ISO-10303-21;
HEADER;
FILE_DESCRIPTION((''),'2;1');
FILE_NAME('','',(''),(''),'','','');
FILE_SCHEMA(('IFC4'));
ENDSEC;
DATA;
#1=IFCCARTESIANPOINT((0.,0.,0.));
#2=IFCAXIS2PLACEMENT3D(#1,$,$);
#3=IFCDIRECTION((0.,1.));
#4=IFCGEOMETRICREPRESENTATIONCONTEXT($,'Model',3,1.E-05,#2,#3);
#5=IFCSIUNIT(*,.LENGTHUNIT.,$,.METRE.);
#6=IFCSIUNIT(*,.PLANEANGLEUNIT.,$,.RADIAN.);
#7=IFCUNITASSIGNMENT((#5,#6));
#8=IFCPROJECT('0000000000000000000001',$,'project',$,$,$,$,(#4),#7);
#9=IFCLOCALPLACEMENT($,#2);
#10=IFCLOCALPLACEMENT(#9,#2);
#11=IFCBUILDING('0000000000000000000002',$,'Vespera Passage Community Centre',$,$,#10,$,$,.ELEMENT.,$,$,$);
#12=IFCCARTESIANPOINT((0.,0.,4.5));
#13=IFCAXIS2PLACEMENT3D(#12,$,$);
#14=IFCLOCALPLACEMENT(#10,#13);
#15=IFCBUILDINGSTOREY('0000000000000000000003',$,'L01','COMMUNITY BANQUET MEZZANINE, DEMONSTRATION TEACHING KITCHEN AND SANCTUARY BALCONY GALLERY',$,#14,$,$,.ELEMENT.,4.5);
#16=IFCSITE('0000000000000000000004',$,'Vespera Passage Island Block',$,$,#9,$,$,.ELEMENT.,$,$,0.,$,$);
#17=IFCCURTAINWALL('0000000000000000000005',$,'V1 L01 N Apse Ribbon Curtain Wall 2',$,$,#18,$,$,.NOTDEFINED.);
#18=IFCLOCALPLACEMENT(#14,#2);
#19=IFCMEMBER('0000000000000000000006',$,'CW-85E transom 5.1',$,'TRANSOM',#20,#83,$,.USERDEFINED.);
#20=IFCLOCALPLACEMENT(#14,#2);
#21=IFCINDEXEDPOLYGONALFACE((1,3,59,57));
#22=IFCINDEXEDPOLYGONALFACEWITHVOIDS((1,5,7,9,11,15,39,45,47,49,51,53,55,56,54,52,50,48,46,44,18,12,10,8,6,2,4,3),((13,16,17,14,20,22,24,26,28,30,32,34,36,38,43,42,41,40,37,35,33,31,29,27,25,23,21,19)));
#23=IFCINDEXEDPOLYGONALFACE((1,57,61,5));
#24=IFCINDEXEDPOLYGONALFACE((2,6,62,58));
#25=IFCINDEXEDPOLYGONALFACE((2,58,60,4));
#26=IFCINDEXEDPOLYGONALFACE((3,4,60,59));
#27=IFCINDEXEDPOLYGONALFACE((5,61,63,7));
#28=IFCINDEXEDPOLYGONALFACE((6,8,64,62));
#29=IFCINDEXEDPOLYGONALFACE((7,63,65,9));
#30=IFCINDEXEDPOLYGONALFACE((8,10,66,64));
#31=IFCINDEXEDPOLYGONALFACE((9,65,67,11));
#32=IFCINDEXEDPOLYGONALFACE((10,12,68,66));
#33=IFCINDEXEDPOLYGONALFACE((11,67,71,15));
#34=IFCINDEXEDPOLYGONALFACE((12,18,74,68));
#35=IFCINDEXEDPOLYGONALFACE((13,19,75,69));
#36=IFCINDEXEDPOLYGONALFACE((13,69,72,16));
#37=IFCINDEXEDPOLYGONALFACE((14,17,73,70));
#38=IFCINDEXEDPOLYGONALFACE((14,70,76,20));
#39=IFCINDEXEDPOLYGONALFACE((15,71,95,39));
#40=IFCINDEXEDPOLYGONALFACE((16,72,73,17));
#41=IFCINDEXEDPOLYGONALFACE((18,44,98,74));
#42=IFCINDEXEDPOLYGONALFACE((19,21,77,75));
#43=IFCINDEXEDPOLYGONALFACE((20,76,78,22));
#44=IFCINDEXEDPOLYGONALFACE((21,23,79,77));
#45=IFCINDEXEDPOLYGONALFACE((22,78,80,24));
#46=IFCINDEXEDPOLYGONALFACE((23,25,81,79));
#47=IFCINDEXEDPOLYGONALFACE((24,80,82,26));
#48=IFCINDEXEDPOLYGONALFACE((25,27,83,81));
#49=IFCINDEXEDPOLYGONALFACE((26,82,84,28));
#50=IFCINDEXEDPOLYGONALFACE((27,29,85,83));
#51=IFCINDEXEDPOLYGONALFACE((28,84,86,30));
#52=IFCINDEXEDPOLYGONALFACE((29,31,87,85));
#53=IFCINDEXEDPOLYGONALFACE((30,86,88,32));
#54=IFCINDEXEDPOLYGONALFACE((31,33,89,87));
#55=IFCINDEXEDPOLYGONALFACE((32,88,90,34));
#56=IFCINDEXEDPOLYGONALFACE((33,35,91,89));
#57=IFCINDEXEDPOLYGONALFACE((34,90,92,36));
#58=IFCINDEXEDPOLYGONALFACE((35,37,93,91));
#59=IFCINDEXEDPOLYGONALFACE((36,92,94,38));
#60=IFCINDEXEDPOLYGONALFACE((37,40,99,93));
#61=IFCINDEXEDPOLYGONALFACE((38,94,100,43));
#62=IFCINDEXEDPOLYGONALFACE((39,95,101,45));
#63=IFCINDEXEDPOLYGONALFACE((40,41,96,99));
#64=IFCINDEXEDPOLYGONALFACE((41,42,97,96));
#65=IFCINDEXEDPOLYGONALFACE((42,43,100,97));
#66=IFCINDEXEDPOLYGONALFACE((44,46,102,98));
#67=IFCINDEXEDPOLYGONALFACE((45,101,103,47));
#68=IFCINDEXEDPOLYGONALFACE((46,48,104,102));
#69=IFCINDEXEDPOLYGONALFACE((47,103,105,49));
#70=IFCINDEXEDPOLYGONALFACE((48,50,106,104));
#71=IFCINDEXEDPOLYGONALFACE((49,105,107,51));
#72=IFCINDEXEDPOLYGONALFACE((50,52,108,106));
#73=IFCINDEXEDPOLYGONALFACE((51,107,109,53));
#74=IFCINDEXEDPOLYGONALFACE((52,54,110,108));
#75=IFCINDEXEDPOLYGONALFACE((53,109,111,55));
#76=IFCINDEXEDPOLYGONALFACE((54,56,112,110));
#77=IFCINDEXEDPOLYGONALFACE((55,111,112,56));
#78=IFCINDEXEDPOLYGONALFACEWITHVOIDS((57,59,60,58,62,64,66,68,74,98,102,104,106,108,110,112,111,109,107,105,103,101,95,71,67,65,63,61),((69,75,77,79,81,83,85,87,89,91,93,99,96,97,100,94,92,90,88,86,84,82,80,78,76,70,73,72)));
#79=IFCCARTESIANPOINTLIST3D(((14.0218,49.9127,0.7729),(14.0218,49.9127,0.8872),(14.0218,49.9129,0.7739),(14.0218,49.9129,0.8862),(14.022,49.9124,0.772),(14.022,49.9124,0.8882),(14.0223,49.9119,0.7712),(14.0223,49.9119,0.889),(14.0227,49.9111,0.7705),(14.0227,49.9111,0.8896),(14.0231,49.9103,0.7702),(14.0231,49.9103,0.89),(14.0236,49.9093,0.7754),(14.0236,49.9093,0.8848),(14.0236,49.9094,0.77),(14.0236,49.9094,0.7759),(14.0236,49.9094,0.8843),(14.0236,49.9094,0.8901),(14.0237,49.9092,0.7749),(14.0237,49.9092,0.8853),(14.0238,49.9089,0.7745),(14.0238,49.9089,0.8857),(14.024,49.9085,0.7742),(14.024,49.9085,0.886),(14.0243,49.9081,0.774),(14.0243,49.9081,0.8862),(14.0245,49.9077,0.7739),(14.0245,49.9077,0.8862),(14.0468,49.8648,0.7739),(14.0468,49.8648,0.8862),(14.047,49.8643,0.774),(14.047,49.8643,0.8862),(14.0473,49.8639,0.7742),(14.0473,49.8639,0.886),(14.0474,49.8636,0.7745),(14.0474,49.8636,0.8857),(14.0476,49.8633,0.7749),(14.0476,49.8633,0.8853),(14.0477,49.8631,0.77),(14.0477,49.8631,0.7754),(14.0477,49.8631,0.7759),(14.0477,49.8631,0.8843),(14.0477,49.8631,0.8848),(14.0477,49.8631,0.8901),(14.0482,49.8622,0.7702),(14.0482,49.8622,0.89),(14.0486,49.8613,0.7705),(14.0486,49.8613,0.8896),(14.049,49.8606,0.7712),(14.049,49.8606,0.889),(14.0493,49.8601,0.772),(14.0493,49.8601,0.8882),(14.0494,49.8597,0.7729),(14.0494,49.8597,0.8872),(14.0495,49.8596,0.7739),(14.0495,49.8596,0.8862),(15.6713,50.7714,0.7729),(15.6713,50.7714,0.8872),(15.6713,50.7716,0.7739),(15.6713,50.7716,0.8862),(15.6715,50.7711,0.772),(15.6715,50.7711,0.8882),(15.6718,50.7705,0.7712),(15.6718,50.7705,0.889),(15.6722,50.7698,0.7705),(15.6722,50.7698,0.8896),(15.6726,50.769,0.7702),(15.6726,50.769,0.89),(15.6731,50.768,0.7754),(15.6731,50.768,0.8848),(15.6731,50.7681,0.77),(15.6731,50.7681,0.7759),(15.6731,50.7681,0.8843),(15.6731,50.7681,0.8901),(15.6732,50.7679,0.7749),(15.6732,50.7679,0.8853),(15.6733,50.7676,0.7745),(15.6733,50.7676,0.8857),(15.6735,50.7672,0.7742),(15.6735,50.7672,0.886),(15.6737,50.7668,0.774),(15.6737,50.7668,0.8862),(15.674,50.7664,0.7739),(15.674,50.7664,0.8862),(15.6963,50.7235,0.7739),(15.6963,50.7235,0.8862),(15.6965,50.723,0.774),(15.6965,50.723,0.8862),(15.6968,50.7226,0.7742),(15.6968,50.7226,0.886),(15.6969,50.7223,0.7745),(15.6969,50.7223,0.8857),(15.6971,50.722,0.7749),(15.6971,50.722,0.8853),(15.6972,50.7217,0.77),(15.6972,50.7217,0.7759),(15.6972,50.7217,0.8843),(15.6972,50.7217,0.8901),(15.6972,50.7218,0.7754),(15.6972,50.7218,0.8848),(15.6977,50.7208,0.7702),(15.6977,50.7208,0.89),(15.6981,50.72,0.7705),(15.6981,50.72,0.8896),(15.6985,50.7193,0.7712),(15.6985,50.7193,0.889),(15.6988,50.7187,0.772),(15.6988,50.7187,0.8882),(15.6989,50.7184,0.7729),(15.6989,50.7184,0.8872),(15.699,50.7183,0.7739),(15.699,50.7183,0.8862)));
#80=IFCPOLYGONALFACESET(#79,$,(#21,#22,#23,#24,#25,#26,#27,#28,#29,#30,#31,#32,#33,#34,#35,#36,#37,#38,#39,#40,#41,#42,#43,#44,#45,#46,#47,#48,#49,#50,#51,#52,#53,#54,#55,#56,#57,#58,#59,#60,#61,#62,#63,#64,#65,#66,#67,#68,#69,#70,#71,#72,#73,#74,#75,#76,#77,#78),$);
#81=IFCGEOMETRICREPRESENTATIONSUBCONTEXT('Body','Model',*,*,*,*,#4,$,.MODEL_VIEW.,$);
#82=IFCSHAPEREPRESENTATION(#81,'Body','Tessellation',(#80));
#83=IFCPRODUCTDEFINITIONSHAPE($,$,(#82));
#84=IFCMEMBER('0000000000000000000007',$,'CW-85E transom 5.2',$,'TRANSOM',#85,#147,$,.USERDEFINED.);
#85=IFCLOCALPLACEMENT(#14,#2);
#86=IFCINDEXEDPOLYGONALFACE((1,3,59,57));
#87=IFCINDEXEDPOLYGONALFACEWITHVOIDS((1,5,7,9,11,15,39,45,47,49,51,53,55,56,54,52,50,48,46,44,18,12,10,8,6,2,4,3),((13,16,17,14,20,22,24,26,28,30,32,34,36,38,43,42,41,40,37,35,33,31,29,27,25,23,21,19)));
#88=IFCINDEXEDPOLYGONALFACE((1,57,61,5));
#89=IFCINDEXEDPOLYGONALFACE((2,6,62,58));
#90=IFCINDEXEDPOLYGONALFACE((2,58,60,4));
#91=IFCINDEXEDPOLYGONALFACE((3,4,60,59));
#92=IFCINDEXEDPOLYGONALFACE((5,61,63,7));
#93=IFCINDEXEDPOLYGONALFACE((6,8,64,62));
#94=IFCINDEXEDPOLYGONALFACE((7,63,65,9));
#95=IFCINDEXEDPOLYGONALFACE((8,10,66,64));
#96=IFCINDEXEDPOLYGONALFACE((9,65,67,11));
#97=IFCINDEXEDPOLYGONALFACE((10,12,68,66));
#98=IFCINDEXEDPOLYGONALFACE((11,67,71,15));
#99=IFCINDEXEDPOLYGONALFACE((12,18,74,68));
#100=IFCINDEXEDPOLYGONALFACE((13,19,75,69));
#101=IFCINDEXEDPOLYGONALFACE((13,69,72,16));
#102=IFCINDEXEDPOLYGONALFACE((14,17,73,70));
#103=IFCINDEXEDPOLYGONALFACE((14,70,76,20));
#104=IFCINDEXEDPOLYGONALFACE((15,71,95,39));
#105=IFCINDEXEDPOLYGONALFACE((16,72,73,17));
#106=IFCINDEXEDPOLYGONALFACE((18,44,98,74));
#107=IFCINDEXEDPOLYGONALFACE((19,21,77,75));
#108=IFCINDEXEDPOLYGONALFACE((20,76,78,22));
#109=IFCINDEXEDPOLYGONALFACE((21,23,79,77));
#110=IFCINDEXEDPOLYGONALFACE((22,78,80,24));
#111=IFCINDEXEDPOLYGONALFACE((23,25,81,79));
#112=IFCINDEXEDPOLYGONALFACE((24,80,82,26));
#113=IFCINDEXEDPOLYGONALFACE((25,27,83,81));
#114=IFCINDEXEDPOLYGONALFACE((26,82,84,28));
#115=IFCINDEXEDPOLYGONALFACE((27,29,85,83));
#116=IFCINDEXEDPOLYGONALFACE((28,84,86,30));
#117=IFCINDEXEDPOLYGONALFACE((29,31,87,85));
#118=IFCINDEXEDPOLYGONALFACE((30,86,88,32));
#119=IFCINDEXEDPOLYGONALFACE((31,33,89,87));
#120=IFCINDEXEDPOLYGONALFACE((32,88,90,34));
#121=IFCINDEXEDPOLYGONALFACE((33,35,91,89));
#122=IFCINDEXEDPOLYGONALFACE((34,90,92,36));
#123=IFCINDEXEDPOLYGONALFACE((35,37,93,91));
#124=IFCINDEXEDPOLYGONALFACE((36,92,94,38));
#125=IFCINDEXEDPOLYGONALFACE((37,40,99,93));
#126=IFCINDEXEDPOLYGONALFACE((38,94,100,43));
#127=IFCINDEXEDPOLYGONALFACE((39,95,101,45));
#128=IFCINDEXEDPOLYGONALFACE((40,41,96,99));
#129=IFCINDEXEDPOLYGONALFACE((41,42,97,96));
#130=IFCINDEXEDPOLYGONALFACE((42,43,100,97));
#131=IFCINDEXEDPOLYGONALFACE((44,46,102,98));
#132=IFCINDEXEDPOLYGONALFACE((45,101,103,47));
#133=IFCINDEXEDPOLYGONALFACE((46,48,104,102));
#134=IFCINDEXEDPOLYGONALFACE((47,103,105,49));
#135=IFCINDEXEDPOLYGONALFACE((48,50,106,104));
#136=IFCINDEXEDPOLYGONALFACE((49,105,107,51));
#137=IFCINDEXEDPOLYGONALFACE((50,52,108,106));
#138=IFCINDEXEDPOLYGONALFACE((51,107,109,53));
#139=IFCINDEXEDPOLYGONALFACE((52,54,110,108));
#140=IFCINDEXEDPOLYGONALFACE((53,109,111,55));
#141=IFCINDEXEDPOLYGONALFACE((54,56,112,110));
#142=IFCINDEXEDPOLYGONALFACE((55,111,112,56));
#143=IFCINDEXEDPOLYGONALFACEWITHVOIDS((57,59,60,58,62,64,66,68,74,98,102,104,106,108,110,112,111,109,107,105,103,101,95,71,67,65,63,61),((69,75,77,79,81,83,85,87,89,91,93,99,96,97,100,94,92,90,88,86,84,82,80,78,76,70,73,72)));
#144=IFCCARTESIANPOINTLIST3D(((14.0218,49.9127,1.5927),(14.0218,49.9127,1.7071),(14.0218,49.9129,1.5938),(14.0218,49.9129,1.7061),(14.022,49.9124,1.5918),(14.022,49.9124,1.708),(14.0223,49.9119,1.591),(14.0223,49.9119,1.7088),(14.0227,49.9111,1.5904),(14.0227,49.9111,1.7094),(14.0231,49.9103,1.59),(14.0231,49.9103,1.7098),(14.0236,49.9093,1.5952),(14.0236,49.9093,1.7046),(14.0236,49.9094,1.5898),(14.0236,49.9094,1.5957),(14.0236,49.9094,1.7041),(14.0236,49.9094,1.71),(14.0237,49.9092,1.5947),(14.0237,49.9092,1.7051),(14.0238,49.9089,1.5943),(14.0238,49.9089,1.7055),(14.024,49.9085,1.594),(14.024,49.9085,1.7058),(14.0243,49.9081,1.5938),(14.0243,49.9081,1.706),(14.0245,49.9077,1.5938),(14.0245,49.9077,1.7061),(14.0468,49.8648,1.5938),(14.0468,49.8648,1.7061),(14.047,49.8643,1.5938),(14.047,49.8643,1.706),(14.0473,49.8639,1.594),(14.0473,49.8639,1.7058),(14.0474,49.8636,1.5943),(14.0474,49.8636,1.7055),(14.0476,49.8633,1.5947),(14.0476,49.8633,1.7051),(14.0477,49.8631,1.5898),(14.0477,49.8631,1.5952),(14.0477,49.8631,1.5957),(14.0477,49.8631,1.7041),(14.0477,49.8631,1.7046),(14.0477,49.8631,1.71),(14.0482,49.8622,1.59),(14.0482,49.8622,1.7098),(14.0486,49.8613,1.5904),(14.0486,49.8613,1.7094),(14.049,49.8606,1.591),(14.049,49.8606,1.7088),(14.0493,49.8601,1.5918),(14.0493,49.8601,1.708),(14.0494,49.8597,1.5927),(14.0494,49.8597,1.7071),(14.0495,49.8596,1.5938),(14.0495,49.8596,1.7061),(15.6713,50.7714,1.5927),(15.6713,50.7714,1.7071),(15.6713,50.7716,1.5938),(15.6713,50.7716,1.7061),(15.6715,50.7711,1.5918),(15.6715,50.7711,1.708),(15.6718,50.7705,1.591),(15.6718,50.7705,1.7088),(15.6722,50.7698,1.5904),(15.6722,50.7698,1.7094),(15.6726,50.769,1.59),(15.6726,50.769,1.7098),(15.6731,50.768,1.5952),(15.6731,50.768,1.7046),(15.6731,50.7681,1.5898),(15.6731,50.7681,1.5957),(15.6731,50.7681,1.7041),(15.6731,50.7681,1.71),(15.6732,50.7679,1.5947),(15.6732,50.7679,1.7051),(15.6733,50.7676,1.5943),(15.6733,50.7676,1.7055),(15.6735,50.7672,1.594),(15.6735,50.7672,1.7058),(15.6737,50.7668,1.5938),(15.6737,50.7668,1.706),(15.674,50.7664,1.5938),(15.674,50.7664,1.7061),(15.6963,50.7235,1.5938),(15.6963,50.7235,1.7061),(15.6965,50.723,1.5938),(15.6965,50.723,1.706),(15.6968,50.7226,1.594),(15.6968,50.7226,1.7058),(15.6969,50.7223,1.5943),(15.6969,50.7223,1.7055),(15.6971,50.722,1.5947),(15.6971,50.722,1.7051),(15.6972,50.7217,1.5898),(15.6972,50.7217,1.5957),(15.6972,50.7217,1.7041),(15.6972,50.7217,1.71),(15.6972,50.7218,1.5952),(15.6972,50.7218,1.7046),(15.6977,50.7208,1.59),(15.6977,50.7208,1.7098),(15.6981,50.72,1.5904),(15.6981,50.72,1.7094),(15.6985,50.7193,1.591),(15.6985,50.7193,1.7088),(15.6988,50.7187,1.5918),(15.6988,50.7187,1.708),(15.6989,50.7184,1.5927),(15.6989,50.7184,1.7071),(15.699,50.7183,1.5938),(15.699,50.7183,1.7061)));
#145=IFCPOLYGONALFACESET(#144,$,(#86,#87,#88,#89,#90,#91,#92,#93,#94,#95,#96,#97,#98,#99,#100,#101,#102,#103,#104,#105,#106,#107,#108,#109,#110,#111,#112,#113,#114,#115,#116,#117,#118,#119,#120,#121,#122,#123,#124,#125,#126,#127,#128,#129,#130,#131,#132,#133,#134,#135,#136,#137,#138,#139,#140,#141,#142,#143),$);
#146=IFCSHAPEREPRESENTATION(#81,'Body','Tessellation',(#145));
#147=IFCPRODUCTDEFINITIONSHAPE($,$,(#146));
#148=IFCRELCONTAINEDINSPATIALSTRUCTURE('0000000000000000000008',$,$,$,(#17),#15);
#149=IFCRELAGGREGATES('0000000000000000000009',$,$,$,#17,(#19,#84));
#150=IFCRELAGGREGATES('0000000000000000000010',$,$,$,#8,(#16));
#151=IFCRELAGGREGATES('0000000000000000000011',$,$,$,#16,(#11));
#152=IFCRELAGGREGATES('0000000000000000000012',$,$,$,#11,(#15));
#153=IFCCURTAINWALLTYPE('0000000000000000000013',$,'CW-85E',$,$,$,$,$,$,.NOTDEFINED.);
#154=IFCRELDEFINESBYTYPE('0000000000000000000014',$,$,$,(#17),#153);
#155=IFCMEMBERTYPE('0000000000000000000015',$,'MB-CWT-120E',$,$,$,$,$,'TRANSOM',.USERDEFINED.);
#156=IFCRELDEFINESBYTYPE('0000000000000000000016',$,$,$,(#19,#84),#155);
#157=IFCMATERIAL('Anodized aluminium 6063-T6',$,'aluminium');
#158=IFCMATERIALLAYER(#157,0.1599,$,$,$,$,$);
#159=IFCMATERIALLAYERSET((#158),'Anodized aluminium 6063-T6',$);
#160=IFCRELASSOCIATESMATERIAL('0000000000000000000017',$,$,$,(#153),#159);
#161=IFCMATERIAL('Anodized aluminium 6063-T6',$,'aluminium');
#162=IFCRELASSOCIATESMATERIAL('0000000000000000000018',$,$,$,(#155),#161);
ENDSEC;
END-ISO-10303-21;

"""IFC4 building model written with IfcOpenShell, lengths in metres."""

from ifc_helpers import new_model, si_unit, direction, frame, origin, origin_2d, place, context, subcontext, project, spatial, hollow_rectangle, extrude, material, layer, layer_set, material_profile, profile_set, type_object, element, aggregate, save


model = new_model("IFC4")

# Units and contexts
model_context = context("Model", 3, precision=1e-05, world=origin(), true_north=direction((0.0, 1.0)))
body_context = subcontext(model_context, "Body", "Model", "MODEL_VIEW")
ifc_project = project(units=[si_unit("LENGTHUNIT", "METRE"), si_unit("PLANEANGLEUNIT", "RADIAN")], contexts=[model_context])

# Site, building, storey
site_placement = place(None, origin())
site = spatial("IfcSite", under=ifc_project, at=site_placement, Name="Vespera Passage Island Block", CompositionType="ELEMENT", RefElevation=0.0)
building_placement = place(site_placement, origin())
building = spatial("IfcBuilding", under=site, at=building_placement, Name="Vespera Passage Community Centre", CompositionType="ELEMENT")
storey_placement = place(building_placement, frame((0.0, 0.0, 4.5)))
storey = spatial("IfcBuildingStorey", under=building, at=storey_placement, Name="L01", Description="COMMUNITY BANQUET MEZZANINE, DEMONSTRATION TEACHING KITCHEN AND SANCTUARY BALCONY GALLERY", CompositionType="ELEMENT", Elevation=4.5)

# Curtain wall, members
ifc_material_1 = material(Name="Anodized aluminium 6063-T6", Category="aluminium")
ifc_layer_1 = layer(ifc_material_1, 0.1599)
ifc_layer_set_1 = layer_set([ifc_layer_1], Name="Anodized aluminium 6063-T6")
curtain_wall_type = type_object("IfcCurtainWallType", Name="CW-85E", PredefinedType="NOTDEFINED", material=ifc_layer_set_1)
curtain_wall_placement = place(storey_placement, origin())
curtain_wall = element("IfcCurtainWall", 1, at=curtain_wall_placement, inside=storey, type_object=curtain_wall_type, Name="V1 L01 N Apse Ribbon Curtain Wall 2", PredefinedType="NOTDEFINED")
ifc_material_2 = material(Name="Anodized aluminium 6063-T6", Category="aluminium")
ifc_material_profile_1 = material_profile(ifc_material_2, hollow_rectangle(XDim=0.0601, YDim=0.1201, WallThickness=0.0039, InnerFilletRadius=0.002, OuterFilletRadius=0.0039, at=origin_2d()), Name="ALU120X60X4")
ifc_profile_set_1 = profile_set([ifc_material_profile_1], Name="Anodized aluminium 6063-T6")
member_type_1 = type_object("IfcMemberType", Name="MB-CWT-120E", ElementType="TRANSOM", PredefinedType="USERDEFINED", material=ifc_profile_set_1)
member_1_placement = place(storey_placement, frame((14.0356, 49.8862, 0.8301), z_axis=(0.887008, 0.461754, 0.0), x_axis=(-0.461754, 0.887008, 0.0)))
member_1 = element("IfcMember", 2, at=member_1_placement, type_object=member_type_1, Name="CW-85E transom 5.1", ObjectType="TRANSOM", PredefinedType="USERDEFINED", context=body_context, shape_type="SweptSolid", body=[
    extrude(hollow_rectangle(XDim=0.0601, YDim=0.1201, WallThickness=0.0039, InnerFilletRadius=0.002, OuterFilletRadius=0.0039, at=origin_2d()), origin(), (0.0, 0.0, 1.0), 1.8596),
])
member_2_placement = place(storey_placement, frame((14.0356, 49.8862, 1.6499), z_axis=(0.887008, 0.461754, 0.0), x_axis=(-0.461754, 0.887008, 0.0)))
member_2 = element("IfcMember", 3, at=member_2_placement, type_object=member_type_1, Name="CW-85E transom 5.2", ObjectType="TRANSOM", PredefinedType="USERDEFINED", context=body_context, shape_type="SweptSolid", body=[
    extrude(hollow_rectangle(XDim=0.0601, YDim=0.1201, WallThickness=0.0039, InnerFilletRadius=0.002, OuterFilletRadius=0.0039, at=origin_2d()), origin(), (0.0, 0.0, 1.0), 1.8596),
])
aggregate(curtain_wall, [member_1, member_2])

save(model, "model.ifc")
